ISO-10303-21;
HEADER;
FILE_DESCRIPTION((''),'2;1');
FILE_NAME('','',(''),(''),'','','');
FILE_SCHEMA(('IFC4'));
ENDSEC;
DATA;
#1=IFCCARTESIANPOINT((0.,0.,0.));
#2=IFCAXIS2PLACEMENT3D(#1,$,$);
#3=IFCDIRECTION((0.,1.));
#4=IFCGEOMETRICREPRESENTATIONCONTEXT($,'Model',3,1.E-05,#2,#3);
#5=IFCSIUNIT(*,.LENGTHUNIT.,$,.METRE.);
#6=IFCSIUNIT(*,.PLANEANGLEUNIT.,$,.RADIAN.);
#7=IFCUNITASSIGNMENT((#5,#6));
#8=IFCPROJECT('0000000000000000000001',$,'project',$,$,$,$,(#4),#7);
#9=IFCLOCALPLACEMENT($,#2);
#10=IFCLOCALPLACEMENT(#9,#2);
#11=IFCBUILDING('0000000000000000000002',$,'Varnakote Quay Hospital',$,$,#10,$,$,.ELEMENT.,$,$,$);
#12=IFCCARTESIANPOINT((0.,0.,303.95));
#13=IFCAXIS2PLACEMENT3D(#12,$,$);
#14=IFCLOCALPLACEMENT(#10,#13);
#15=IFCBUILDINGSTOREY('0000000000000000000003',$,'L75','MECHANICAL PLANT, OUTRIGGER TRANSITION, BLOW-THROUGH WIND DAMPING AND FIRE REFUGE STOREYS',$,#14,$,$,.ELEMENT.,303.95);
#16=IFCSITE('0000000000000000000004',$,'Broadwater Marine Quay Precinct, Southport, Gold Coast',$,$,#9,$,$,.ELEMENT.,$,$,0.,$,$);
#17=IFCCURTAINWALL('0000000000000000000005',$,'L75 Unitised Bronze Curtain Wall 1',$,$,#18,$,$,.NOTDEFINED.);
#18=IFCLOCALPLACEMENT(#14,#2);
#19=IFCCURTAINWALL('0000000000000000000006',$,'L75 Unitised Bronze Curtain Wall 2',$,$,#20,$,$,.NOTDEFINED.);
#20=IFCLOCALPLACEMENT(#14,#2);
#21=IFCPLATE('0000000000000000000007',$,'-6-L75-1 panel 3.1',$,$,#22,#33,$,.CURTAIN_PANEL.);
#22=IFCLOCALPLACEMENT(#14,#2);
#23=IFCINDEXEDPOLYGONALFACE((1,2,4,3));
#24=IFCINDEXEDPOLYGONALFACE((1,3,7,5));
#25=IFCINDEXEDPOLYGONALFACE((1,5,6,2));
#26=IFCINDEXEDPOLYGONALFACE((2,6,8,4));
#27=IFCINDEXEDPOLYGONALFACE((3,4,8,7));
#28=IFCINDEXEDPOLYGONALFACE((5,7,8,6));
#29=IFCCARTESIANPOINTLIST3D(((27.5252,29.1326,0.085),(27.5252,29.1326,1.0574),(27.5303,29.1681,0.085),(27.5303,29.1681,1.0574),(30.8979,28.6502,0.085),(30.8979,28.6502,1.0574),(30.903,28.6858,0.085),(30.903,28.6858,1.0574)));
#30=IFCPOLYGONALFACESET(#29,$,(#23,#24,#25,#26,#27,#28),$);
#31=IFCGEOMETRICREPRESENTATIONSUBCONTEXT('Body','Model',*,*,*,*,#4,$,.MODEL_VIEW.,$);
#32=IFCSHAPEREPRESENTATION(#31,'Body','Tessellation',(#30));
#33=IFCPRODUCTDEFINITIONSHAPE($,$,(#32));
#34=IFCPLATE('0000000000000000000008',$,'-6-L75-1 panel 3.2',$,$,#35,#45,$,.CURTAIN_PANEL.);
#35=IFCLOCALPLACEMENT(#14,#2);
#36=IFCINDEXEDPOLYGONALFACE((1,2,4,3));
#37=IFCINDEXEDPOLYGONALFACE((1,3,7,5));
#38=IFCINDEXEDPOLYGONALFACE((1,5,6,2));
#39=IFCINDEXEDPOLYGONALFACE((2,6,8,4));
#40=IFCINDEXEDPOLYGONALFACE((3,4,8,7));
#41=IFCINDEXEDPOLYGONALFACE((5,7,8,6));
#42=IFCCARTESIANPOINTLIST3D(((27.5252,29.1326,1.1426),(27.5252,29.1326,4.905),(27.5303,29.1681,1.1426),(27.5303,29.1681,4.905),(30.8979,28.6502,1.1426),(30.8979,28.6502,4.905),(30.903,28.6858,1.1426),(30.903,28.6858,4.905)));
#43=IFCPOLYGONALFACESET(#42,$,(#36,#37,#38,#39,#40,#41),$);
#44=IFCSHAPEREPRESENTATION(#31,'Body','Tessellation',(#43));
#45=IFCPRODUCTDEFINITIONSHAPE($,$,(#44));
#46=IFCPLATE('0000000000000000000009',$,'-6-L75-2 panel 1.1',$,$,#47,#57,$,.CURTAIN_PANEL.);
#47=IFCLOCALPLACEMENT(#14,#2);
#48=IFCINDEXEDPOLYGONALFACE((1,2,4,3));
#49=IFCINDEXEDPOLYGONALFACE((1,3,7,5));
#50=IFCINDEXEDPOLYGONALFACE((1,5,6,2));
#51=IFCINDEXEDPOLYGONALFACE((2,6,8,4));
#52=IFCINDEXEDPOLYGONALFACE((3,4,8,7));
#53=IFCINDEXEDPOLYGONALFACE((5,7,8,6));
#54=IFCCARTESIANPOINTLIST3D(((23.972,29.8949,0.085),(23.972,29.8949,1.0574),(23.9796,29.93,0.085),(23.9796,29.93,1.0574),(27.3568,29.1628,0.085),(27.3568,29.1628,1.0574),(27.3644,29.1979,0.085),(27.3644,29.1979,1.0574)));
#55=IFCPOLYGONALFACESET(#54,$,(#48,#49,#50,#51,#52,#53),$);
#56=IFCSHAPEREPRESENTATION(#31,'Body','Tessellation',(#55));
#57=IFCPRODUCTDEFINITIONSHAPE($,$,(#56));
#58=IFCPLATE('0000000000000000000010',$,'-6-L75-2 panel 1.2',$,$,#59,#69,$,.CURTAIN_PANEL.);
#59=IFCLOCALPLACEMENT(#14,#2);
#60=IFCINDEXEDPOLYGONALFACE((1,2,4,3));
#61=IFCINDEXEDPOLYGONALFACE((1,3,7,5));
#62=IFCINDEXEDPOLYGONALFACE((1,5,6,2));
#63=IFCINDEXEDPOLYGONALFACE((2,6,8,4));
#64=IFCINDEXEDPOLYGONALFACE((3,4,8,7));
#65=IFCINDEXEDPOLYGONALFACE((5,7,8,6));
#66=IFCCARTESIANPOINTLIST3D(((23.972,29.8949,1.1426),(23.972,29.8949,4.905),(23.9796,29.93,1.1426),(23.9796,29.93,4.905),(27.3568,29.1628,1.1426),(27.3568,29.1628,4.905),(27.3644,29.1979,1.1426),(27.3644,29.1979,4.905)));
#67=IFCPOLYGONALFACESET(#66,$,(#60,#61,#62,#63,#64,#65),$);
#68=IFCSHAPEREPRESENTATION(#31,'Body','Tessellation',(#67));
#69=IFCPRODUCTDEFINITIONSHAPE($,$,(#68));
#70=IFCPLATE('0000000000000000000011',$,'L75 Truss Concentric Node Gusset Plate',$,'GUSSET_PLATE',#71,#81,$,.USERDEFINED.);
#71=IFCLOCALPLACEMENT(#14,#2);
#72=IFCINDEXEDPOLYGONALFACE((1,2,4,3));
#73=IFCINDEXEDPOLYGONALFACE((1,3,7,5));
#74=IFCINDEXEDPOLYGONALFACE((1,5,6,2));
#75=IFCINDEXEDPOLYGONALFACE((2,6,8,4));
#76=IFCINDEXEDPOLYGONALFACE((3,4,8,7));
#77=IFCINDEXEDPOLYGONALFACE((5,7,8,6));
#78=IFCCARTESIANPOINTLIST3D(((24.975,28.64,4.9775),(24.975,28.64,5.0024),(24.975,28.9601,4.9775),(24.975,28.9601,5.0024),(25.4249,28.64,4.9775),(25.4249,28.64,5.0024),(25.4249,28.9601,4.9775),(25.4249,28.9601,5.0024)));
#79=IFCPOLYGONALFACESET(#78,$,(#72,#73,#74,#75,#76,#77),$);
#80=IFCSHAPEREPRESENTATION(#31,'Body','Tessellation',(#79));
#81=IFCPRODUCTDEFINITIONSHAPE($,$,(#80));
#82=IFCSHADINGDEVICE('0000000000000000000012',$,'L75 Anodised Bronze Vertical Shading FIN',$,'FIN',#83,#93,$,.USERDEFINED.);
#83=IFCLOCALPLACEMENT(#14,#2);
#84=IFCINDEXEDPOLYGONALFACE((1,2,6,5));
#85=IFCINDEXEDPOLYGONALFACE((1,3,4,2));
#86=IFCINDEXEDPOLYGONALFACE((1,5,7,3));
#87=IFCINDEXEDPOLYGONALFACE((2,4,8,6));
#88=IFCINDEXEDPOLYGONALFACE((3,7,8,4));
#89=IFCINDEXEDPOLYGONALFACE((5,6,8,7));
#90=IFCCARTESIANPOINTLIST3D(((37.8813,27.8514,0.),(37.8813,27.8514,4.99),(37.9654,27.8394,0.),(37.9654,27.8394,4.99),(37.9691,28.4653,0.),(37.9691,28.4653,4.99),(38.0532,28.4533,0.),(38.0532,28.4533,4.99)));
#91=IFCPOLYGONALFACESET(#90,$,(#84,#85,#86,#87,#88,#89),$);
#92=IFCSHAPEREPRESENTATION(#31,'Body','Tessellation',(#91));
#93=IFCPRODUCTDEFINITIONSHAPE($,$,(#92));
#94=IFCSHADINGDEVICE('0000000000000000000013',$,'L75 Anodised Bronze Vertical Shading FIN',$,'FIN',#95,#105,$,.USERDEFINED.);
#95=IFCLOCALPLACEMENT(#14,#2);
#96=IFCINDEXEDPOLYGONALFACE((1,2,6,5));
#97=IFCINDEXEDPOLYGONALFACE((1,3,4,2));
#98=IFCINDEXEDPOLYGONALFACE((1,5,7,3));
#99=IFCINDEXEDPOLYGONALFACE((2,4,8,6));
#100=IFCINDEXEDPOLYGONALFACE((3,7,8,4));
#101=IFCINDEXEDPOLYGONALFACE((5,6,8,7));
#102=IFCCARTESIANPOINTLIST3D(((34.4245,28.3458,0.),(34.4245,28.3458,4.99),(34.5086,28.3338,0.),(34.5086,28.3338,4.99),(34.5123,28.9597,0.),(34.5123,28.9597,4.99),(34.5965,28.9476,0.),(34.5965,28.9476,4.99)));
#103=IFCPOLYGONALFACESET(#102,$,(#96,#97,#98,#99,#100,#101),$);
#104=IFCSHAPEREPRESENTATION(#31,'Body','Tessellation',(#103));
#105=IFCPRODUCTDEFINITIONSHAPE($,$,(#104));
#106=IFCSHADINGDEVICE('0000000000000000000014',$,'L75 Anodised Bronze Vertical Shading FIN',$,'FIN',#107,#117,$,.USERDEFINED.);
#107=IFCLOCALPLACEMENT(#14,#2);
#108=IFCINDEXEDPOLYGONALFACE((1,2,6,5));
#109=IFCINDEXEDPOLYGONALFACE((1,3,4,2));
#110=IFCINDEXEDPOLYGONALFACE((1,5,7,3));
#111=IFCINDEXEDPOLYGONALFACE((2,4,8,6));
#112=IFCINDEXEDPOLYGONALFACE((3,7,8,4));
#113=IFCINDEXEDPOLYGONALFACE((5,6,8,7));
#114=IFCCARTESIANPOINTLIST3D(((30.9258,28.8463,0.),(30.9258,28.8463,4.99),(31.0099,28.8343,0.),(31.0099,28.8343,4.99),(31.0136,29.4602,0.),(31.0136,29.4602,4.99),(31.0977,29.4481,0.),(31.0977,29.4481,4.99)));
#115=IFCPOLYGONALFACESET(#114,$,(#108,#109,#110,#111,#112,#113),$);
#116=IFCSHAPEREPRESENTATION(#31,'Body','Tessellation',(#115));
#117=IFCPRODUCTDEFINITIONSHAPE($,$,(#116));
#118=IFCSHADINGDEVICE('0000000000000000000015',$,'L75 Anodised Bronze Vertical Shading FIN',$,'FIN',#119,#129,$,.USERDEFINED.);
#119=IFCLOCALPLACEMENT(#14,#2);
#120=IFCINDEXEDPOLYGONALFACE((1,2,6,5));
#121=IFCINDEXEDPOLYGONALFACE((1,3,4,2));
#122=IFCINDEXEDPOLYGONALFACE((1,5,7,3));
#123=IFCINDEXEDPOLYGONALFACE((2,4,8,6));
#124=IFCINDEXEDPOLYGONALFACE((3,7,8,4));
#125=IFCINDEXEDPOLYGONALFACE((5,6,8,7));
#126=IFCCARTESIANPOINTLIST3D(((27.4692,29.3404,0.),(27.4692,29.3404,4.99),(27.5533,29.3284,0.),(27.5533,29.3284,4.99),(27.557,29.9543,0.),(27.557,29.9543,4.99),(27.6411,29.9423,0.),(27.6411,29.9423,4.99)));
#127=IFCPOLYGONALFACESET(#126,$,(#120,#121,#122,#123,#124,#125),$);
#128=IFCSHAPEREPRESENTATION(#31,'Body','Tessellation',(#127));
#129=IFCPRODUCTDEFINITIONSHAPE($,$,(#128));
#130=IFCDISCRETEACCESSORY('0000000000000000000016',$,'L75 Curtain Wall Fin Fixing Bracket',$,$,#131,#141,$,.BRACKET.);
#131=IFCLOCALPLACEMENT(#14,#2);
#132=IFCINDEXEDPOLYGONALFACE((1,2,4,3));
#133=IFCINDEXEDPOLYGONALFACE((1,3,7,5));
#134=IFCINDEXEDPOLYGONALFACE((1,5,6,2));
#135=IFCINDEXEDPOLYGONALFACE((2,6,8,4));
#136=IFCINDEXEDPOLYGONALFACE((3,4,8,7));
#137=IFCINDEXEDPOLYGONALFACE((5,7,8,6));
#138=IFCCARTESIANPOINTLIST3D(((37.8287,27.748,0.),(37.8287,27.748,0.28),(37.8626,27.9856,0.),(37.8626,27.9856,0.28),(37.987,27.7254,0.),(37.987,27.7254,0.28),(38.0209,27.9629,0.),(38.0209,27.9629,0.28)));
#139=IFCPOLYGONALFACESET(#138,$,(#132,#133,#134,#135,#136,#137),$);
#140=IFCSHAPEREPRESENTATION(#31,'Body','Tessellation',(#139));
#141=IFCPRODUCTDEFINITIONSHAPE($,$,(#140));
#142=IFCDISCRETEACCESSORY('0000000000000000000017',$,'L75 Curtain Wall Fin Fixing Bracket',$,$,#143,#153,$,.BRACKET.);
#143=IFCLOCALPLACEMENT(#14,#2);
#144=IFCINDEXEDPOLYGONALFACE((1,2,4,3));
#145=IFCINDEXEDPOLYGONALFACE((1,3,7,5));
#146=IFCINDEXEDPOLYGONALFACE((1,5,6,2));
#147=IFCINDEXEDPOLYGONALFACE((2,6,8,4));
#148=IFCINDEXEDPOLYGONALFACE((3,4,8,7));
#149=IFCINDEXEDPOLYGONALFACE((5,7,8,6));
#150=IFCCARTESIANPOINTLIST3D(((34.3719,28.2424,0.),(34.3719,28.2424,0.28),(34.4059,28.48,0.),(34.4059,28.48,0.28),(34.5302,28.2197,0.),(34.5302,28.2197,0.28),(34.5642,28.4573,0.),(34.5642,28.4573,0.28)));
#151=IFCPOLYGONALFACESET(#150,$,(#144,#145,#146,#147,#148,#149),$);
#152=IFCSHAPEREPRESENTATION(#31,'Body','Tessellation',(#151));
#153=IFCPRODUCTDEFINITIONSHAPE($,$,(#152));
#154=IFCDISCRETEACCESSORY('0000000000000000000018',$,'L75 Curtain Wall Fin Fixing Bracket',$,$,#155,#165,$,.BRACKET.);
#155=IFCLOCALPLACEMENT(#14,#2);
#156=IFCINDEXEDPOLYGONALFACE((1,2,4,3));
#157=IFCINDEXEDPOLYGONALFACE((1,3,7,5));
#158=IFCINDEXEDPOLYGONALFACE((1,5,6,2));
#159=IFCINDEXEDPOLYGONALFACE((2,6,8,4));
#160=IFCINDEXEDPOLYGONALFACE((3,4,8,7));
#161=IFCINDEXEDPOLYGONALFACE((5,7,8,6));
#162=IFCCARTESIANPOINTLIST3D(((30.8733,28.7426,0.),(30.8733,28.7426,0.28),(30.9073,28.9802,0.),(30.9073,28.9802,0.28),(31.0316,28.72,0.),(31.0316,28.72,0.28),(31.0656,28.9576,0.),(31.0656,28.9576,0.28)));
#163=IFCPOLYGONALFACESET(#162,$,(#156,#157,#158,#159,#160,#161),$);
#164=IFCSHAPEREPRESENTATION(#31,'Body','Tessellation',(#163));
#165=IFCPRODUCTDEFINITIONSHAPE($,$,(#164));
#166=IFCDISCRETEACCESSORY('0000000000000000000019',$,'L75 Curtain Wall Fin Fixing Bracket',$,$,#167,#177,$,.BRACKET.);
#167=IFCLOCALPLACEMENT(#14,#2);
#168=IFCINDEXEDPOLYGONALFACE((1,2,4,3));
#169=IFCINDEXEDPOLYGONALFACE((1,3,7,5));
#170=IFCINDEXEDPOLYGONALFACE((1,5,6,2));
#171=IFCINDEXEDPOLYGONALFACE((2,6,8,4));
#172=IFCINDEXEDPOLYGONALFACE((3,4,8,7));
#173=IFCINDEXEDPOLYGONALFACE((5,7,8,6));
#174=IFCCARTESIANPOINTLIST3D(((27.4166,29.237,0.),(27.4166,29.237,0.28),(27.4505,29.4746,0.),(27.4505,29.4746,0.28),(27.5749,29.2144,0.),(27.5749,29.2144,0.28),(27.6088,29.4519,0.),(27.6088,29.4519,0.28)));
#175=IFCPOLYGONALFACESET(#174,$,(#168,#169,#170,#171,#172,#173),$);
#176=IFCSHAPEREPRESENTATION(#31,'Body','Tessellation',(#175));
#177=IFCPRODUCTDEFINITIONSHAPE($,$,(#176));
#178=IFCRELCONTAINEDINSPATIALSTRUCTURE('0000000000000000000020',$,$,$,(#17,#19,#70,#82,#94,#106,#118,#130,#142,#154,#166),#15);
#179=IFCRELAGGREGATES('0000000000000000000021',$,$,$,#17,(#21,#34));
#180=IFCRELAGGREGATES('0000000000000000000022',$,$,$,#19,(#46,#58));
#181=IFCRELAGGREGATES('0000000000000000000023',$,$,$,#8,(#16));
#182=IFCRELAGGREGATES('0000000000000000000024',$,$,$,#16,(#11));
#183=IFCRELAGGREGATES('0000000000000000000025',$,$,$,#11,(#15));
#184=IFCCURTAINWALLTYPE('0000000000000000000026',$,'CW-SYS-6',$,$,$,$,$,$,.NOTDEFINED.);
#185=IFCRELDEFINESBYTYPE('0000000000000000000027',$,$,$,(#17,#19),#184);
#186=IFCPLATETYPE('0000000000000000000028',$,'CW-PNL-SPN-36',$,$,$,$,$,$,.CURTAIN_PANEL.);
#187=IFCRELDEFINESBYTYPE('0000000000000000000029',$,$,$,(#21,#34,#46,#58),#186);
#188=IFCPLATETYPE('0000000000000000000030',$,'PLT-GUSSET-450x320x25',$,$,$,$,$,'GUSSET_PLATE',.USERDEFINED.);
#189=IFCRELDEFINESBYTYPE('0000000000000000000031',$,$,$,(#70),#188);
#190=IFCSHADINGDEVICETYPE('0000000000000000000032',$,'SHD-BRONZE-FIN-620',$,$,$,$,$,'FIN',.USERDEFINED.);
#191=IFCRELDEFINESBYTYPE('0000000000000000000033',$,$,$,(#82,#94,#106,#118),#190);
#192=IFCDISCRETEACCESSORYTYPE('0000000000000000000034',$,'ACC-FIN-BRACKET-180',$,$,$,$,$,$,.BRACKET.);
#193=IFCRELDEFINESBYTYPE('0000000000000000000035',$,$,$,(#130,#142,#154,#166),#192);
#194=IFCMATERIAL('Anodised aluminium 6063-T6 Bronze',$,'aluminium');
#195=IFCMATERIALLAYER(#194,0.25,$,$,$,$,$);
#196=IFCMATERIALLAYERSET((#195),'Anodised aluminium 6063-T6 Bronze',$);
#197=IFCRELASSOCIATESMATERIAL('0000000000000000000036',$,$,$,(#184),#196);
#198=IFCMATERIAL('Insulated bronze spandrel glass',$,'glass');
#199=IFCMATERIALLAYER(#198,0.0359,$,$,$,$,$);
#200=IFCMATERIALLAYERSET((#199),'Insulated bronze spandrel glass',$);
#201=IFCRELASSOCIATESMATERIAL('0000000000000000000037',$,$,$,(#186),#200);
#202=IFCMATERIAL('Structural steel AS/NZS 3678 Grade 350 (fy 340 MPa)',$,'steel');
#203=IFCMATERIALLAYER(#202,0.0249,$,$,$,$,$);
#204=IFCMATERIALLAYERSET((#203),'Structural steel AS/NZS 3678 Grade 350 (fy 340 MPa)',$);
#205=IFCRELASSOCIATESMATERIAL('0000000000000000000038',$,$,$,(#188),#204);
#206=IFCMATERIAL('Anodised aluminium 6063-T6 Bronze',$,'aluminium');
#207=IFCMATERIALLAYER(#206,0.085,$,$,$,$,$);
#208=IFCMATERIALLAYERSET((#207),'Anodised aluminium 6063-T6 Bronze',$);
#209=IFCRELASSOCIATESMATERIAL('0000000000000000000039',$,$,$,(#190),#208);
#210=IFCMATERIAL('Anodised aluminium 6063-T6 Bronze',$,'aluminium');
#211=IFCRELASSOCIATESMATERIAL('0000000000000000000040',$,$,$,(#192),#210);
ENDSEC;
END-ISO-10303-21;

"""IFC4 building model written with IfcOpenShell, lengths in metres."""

from ifc_helpers import new_model, si_unit, direction, frame, origin, origin_2d, place, context, subcontext, project, spatial, rectangle, extrude, material, layer, layer_set, type_object, element, aggregate, save


model = new_model("IFC4")

# Units and contexts
model_context = context("Model", 3, precision=1e-05, world=origin(), true_north=direction((0.0, 1.0)))
body_context = subcontext(model_context, "Body", "Model", "MODEL_VIEW")
ifc_project = project(units=[si_unit("LENGTHUNIT", "METRE"), si_unit("PLANEANGLEUNIT", "RADIAN")], contexts=[model_context])

# Site, building, storey
site_placement = place(None, origin())
site = spatial("IfcSite", under=ifc_project, at=site_placement, Name="Broadwater Marine Quay Precinct, Southport, Gold Coast", CompositionType="ELEMENT", RefElevation=0.0)
building_placement = place(site_placement, origin())
building = spatial("IfcBuilding", under=site, at=building_placement, Name="Varnakote Quay Hospital", CompositionType="ELEMENT")
storey_placement = place(building_placement, frame((0.0, 0.0, 303.95)))
storey = spatial("IfcBuildingStorey", under=building, at=storey_placement, Name="L75", Description="MECHANICAL PLANT, OUTRIGGER TRANSITION, BLOW-THROUGH WIND DAMPING AND FIRE REFUGE STOREYS", CompositionType="ELEMENT", Elevation=303.95)

# Curtain wall
ifc_material_1 = material(Name="Anodised aluminium 6063-T6 Bronze", Category="aluminium")
ifc_layer_1 = layer(ifc_material_1, 0.25)
ifc_layer_set_1 = layer_set([ifc_layer_1], Name="Anodised aluminium 6063-T6 Bronze")
curtain_wall_type = type_object("IfcCurtainWallType", Name="CW-SYS-6", PredefinedType="NOTDEFINED", material=ifc_layer_set_1)
curtain_wall_1_placement = place(storey_placement, origin())
curtain_wall_1 = element("IfcCurtainWall", 1, at=curtain_wall_1_placement, inside=storey, type_object=curtain_wall_type, Name="L75 Unitised Bronze Curtain Wall 1", PredefinedType="NOTDEFINED")

# Curtain wall
curtain_wall_2_placement = place(storey_placement, origin())
curtain_wall_2 = element("IfcCurtainWall", 2, at=curtain_wall_2_placement, inside=storey, type_object=curtain_wall_type, Name="L75 Unitised Bronze Curtain Wall 2", PredefinedType="NOTDEFINED")

# Plates
ifc_material_2 = material(Name="Insulated bronze spandrel glass", Category="glass")
ifc_layer_2 = layer(ifc_material_2, 0.0359)
ifc_layer_set_2 = layer_set([ifc_layer_2], Name="Insulated bronze spandrel glass")
plate_type_1 = type_object("IfcPlateType", Name="CW-PNL-SPN-36", PredefinedType="CURTAIN_PANEL", material=ifc_layer_set_2)
plate_1_placement = place(storey_placement, frame((29.2141, 28.9092, 0.085), z_axis=(0.0, 0.0, 1.0), x_axis=(-0.989928, 0.141572, 0.0)))
plate_1 = element("IfcPlate", 3, at=plate_1_placement, type_object=plate_type_1, Name="-6-L75-1 panel 3.1", PredefinedType="CURTAIN_PANEL", context=body_context, shape_type="SweptSolid", body=[
    extrude(rectangle(XDim=3.407, YDim=0.0359, at=origin_2d()), origin(), (0.0, 0.0, 1.0), 0.9724),
])
plate_2_placement = place(storey_placement, frame((29.2141, 28.9092, 1.1426), z_axis=(0.0, 0.0, 1.0), x_axis=(-0.989928, 0.141572, 0.0)))
plate_2 = element("IfcPlate", 4, at=plate_2_placement, type_object=plate_type_1, Name="-6-L75-1 panel 3.2", PredefinedType="CURTAIN_PANEL", context=body_context, shape_type="SweptSolid", body=[
    extrude(rectangle(XDim=3.407, YDim=0.0359, at=origin_2d()), origin(), (0.0, 0.0, 1.0), 3.7625),
])
aggregate(curtain_wall_1, [plate_1, plate_2])
plate_3_placement = place(storey_placement, frame((25.6682, 29.5464, 0.085), z_axis=(0.0, 0.0, 1.0), x_axis=(-0.977398, 0.211408, 0.0)))
plate_3 = element("IfcPlate", 5, at=plate_3_placement, type_object=plate_type_1, Name="-6-L75-2 panel 1.1", PredefinedType="CURTAIN_PANEL", context=body_context, shape_type="SweptSolid", body=[
    extrude(rectangle(XDim=3.4631, YDim=0.0359, at=origin_2d()), origin(), (0.0, 0.0, 1.0), 0.9724),
])
plate_4_placement = place(storey_placement, frame((25.6682, 29.5464, 1.1426), z_axis=(0.0, 0.0, 1.0), x_axis=(-0.977398, 0.211408, 0.0)))
plate_4 = element("IfcPlate", 6, at=plate_4_placement, type_object=plate_type_1, Name="-6-L75-2 panel 1.2", PredefinedType="CURTAIN_PANEL", context=body_context, shape_type="SweptSolid", body=[
    extrude(rectangle(XDim=3.4631, YDim=0.0359, at=origin_2d()), origin(), (0.0, 0.0, 1.0), 3.7625),
])
aggregate(curtain_wall_2, [plate_3, plate_4])
ifc_material_3 = material(Name="Structural steel AS/NZS 3678 Grade 350 (fy 340 MPa)", Category="steel")
ifc_layer_3 = layer(ifc_material_3, 0.0249)
ifc_layer_set_3 = layer_set([ifc_layer_3], Name="Structural steel AS/NZS 3678 Grade 350 (fy 340 MPa)")
plate_type_2 = type_object("IfcPlateType", Name="PLT-GUSSET-450x320x25", ElementType="GUSSET_PLATE", PredefinedType="USERDEFINED", material=ifc_layer_set_3)
plate_5_placement = place(storey_placement, frame((25.2, 28.8, 4.9775), z_axis=(0.0, 0.0, 1.0), x_axis=(1.0, 0.0, 0.0)))
element("IfcPlate", 7, at=plate_5_placement, inside=storey, type_object=plate_type_2, Name="L75 Truss Concentric Node Gusset Plate", ObjectType="GUSSET_PLATE", PredefinedType="USERDEFINED", context=body_context, shape_type="SweptSolid", body=[
    extrude(rectangle(XDim=0.45, YDim=0.3201, at=origin_2d()), origin(), (0.0, 0.0, 1.0), 0.0249),
])

# Shading devices
ifc_material_4 = material(Name="Anodised aluminium 6063-T6 Bronze", Category="aluminium")
ifc_layer_4 = layer(ifc_material_4, 0.085)
ifc_layer_set_4 = layer_set([ifc_layer_4], Name="Anodised aluminium 6063-T6 Bronze")
shading_device_type = type_object("IfcShadingDeviceType", Name="SHD-BRONZE-FIN-620", ElementType="FIN", PredefinedType="USERDEFINED", material=ifc_layer_set_4)
for number, where, z_axis, x_axis, name in (
    (8, (37.9673, 28.1523, 0.0), (0.0, 0.0, 1.0), (-0.141592, -0.989925, 0.0), "L75 Anodised Bronze Vertical Shading FIN"),
    (9, (34.5105, 28.6467, 0.0), (0.0, 0.0, 1.0), (-0.141592, -0.989925, 0.0), "L75 Anodised Bronze Vertical Shading FIN"),
    (10, (31.0117, 29.1472, 0.0), (0.0, 0.0, 1.0), (-0.141592, -0.989925, 0.0), "L75 Anodised Bronze Vertical Shading FIN"),
    (11, (27.5552, 29.6414, 0.0), (0.0, 0.0, 1.0), (-0.141592, -0.989925, 0.0), "L75 Anodised Bronze Vertical Shading FIN"),
):
    element("IfcShadingDevice", number, at=place(storey_placement, frame(where, z_axis=z_axis, x_axis=x_axis)), inside=storey, type_object=shading_device_type, Name=name, ObjectType="FIN", PredefinedType="USERDEFINED", context=body_context, shape_type="SweptSolid", body=[
        extrude(rectangle(XDim=0.6201, YDim=0.085, at=origin_2d()), origin(), (0.0, 0.0, 1.0), 4.99),
    ])

# Discrete accessories
ifc_material_5 = material(Name="Anodised aluminium 6063-T6 Bronze", Category="aluminium")
discrete_accessory_type = type_object("IfcDiscreteAccessoryType", Name="ACC-FIN-BRACKET-180", PredefinedType="BRACKET", material=ifc_material_5)
for number, where, z_axis, x_axis, name in (
    (12, (37.9248, 27.8555, 0.0), (0.0, 0.0, 1.0), (-0.989925, 0.141592, 0.0), "L75 Curtain Wall Fin Fixing Bracket"),
    (13, (34.468, 28.3499, 0.0), (0.0, 0.0, 1.0), (-0.989925, 0.141592, 0.0), "L75 Curtain Wall Fin Fixing Bracket"),
    (14, (30.9695, 28.8501, 0.0), (0.0, 0.0, 1.0), (-0.989925, 0.141592, 0.0), "L75 Curtain Wall Fin Fixing Bracket"),
    (15, (27.5127, 29.3445, 0.0), (0.0, 0.0, 1.0), (-0.989925, 0.141592, 0.0), "L75 Curtain Wall Fin Fixing Bracket"),
):
    element("IfcDiscreteAccessory", number, at=place(storey_placement, frame(where, z_axis=z_axis, x_axis=x_axis)), inside=storey, type_object=discrete_accessory_type, Name=name, PredefinedType="BRACKET", context=body_context, shape_type="SweptSolid", body=[
        extrude(rectangle(XDim=0.1599, YDim=0.24, at=origin_2d()), origin(), (0.0, 0.0, 1.0), 0.28),
    ])

save(model, "model.ifc")
